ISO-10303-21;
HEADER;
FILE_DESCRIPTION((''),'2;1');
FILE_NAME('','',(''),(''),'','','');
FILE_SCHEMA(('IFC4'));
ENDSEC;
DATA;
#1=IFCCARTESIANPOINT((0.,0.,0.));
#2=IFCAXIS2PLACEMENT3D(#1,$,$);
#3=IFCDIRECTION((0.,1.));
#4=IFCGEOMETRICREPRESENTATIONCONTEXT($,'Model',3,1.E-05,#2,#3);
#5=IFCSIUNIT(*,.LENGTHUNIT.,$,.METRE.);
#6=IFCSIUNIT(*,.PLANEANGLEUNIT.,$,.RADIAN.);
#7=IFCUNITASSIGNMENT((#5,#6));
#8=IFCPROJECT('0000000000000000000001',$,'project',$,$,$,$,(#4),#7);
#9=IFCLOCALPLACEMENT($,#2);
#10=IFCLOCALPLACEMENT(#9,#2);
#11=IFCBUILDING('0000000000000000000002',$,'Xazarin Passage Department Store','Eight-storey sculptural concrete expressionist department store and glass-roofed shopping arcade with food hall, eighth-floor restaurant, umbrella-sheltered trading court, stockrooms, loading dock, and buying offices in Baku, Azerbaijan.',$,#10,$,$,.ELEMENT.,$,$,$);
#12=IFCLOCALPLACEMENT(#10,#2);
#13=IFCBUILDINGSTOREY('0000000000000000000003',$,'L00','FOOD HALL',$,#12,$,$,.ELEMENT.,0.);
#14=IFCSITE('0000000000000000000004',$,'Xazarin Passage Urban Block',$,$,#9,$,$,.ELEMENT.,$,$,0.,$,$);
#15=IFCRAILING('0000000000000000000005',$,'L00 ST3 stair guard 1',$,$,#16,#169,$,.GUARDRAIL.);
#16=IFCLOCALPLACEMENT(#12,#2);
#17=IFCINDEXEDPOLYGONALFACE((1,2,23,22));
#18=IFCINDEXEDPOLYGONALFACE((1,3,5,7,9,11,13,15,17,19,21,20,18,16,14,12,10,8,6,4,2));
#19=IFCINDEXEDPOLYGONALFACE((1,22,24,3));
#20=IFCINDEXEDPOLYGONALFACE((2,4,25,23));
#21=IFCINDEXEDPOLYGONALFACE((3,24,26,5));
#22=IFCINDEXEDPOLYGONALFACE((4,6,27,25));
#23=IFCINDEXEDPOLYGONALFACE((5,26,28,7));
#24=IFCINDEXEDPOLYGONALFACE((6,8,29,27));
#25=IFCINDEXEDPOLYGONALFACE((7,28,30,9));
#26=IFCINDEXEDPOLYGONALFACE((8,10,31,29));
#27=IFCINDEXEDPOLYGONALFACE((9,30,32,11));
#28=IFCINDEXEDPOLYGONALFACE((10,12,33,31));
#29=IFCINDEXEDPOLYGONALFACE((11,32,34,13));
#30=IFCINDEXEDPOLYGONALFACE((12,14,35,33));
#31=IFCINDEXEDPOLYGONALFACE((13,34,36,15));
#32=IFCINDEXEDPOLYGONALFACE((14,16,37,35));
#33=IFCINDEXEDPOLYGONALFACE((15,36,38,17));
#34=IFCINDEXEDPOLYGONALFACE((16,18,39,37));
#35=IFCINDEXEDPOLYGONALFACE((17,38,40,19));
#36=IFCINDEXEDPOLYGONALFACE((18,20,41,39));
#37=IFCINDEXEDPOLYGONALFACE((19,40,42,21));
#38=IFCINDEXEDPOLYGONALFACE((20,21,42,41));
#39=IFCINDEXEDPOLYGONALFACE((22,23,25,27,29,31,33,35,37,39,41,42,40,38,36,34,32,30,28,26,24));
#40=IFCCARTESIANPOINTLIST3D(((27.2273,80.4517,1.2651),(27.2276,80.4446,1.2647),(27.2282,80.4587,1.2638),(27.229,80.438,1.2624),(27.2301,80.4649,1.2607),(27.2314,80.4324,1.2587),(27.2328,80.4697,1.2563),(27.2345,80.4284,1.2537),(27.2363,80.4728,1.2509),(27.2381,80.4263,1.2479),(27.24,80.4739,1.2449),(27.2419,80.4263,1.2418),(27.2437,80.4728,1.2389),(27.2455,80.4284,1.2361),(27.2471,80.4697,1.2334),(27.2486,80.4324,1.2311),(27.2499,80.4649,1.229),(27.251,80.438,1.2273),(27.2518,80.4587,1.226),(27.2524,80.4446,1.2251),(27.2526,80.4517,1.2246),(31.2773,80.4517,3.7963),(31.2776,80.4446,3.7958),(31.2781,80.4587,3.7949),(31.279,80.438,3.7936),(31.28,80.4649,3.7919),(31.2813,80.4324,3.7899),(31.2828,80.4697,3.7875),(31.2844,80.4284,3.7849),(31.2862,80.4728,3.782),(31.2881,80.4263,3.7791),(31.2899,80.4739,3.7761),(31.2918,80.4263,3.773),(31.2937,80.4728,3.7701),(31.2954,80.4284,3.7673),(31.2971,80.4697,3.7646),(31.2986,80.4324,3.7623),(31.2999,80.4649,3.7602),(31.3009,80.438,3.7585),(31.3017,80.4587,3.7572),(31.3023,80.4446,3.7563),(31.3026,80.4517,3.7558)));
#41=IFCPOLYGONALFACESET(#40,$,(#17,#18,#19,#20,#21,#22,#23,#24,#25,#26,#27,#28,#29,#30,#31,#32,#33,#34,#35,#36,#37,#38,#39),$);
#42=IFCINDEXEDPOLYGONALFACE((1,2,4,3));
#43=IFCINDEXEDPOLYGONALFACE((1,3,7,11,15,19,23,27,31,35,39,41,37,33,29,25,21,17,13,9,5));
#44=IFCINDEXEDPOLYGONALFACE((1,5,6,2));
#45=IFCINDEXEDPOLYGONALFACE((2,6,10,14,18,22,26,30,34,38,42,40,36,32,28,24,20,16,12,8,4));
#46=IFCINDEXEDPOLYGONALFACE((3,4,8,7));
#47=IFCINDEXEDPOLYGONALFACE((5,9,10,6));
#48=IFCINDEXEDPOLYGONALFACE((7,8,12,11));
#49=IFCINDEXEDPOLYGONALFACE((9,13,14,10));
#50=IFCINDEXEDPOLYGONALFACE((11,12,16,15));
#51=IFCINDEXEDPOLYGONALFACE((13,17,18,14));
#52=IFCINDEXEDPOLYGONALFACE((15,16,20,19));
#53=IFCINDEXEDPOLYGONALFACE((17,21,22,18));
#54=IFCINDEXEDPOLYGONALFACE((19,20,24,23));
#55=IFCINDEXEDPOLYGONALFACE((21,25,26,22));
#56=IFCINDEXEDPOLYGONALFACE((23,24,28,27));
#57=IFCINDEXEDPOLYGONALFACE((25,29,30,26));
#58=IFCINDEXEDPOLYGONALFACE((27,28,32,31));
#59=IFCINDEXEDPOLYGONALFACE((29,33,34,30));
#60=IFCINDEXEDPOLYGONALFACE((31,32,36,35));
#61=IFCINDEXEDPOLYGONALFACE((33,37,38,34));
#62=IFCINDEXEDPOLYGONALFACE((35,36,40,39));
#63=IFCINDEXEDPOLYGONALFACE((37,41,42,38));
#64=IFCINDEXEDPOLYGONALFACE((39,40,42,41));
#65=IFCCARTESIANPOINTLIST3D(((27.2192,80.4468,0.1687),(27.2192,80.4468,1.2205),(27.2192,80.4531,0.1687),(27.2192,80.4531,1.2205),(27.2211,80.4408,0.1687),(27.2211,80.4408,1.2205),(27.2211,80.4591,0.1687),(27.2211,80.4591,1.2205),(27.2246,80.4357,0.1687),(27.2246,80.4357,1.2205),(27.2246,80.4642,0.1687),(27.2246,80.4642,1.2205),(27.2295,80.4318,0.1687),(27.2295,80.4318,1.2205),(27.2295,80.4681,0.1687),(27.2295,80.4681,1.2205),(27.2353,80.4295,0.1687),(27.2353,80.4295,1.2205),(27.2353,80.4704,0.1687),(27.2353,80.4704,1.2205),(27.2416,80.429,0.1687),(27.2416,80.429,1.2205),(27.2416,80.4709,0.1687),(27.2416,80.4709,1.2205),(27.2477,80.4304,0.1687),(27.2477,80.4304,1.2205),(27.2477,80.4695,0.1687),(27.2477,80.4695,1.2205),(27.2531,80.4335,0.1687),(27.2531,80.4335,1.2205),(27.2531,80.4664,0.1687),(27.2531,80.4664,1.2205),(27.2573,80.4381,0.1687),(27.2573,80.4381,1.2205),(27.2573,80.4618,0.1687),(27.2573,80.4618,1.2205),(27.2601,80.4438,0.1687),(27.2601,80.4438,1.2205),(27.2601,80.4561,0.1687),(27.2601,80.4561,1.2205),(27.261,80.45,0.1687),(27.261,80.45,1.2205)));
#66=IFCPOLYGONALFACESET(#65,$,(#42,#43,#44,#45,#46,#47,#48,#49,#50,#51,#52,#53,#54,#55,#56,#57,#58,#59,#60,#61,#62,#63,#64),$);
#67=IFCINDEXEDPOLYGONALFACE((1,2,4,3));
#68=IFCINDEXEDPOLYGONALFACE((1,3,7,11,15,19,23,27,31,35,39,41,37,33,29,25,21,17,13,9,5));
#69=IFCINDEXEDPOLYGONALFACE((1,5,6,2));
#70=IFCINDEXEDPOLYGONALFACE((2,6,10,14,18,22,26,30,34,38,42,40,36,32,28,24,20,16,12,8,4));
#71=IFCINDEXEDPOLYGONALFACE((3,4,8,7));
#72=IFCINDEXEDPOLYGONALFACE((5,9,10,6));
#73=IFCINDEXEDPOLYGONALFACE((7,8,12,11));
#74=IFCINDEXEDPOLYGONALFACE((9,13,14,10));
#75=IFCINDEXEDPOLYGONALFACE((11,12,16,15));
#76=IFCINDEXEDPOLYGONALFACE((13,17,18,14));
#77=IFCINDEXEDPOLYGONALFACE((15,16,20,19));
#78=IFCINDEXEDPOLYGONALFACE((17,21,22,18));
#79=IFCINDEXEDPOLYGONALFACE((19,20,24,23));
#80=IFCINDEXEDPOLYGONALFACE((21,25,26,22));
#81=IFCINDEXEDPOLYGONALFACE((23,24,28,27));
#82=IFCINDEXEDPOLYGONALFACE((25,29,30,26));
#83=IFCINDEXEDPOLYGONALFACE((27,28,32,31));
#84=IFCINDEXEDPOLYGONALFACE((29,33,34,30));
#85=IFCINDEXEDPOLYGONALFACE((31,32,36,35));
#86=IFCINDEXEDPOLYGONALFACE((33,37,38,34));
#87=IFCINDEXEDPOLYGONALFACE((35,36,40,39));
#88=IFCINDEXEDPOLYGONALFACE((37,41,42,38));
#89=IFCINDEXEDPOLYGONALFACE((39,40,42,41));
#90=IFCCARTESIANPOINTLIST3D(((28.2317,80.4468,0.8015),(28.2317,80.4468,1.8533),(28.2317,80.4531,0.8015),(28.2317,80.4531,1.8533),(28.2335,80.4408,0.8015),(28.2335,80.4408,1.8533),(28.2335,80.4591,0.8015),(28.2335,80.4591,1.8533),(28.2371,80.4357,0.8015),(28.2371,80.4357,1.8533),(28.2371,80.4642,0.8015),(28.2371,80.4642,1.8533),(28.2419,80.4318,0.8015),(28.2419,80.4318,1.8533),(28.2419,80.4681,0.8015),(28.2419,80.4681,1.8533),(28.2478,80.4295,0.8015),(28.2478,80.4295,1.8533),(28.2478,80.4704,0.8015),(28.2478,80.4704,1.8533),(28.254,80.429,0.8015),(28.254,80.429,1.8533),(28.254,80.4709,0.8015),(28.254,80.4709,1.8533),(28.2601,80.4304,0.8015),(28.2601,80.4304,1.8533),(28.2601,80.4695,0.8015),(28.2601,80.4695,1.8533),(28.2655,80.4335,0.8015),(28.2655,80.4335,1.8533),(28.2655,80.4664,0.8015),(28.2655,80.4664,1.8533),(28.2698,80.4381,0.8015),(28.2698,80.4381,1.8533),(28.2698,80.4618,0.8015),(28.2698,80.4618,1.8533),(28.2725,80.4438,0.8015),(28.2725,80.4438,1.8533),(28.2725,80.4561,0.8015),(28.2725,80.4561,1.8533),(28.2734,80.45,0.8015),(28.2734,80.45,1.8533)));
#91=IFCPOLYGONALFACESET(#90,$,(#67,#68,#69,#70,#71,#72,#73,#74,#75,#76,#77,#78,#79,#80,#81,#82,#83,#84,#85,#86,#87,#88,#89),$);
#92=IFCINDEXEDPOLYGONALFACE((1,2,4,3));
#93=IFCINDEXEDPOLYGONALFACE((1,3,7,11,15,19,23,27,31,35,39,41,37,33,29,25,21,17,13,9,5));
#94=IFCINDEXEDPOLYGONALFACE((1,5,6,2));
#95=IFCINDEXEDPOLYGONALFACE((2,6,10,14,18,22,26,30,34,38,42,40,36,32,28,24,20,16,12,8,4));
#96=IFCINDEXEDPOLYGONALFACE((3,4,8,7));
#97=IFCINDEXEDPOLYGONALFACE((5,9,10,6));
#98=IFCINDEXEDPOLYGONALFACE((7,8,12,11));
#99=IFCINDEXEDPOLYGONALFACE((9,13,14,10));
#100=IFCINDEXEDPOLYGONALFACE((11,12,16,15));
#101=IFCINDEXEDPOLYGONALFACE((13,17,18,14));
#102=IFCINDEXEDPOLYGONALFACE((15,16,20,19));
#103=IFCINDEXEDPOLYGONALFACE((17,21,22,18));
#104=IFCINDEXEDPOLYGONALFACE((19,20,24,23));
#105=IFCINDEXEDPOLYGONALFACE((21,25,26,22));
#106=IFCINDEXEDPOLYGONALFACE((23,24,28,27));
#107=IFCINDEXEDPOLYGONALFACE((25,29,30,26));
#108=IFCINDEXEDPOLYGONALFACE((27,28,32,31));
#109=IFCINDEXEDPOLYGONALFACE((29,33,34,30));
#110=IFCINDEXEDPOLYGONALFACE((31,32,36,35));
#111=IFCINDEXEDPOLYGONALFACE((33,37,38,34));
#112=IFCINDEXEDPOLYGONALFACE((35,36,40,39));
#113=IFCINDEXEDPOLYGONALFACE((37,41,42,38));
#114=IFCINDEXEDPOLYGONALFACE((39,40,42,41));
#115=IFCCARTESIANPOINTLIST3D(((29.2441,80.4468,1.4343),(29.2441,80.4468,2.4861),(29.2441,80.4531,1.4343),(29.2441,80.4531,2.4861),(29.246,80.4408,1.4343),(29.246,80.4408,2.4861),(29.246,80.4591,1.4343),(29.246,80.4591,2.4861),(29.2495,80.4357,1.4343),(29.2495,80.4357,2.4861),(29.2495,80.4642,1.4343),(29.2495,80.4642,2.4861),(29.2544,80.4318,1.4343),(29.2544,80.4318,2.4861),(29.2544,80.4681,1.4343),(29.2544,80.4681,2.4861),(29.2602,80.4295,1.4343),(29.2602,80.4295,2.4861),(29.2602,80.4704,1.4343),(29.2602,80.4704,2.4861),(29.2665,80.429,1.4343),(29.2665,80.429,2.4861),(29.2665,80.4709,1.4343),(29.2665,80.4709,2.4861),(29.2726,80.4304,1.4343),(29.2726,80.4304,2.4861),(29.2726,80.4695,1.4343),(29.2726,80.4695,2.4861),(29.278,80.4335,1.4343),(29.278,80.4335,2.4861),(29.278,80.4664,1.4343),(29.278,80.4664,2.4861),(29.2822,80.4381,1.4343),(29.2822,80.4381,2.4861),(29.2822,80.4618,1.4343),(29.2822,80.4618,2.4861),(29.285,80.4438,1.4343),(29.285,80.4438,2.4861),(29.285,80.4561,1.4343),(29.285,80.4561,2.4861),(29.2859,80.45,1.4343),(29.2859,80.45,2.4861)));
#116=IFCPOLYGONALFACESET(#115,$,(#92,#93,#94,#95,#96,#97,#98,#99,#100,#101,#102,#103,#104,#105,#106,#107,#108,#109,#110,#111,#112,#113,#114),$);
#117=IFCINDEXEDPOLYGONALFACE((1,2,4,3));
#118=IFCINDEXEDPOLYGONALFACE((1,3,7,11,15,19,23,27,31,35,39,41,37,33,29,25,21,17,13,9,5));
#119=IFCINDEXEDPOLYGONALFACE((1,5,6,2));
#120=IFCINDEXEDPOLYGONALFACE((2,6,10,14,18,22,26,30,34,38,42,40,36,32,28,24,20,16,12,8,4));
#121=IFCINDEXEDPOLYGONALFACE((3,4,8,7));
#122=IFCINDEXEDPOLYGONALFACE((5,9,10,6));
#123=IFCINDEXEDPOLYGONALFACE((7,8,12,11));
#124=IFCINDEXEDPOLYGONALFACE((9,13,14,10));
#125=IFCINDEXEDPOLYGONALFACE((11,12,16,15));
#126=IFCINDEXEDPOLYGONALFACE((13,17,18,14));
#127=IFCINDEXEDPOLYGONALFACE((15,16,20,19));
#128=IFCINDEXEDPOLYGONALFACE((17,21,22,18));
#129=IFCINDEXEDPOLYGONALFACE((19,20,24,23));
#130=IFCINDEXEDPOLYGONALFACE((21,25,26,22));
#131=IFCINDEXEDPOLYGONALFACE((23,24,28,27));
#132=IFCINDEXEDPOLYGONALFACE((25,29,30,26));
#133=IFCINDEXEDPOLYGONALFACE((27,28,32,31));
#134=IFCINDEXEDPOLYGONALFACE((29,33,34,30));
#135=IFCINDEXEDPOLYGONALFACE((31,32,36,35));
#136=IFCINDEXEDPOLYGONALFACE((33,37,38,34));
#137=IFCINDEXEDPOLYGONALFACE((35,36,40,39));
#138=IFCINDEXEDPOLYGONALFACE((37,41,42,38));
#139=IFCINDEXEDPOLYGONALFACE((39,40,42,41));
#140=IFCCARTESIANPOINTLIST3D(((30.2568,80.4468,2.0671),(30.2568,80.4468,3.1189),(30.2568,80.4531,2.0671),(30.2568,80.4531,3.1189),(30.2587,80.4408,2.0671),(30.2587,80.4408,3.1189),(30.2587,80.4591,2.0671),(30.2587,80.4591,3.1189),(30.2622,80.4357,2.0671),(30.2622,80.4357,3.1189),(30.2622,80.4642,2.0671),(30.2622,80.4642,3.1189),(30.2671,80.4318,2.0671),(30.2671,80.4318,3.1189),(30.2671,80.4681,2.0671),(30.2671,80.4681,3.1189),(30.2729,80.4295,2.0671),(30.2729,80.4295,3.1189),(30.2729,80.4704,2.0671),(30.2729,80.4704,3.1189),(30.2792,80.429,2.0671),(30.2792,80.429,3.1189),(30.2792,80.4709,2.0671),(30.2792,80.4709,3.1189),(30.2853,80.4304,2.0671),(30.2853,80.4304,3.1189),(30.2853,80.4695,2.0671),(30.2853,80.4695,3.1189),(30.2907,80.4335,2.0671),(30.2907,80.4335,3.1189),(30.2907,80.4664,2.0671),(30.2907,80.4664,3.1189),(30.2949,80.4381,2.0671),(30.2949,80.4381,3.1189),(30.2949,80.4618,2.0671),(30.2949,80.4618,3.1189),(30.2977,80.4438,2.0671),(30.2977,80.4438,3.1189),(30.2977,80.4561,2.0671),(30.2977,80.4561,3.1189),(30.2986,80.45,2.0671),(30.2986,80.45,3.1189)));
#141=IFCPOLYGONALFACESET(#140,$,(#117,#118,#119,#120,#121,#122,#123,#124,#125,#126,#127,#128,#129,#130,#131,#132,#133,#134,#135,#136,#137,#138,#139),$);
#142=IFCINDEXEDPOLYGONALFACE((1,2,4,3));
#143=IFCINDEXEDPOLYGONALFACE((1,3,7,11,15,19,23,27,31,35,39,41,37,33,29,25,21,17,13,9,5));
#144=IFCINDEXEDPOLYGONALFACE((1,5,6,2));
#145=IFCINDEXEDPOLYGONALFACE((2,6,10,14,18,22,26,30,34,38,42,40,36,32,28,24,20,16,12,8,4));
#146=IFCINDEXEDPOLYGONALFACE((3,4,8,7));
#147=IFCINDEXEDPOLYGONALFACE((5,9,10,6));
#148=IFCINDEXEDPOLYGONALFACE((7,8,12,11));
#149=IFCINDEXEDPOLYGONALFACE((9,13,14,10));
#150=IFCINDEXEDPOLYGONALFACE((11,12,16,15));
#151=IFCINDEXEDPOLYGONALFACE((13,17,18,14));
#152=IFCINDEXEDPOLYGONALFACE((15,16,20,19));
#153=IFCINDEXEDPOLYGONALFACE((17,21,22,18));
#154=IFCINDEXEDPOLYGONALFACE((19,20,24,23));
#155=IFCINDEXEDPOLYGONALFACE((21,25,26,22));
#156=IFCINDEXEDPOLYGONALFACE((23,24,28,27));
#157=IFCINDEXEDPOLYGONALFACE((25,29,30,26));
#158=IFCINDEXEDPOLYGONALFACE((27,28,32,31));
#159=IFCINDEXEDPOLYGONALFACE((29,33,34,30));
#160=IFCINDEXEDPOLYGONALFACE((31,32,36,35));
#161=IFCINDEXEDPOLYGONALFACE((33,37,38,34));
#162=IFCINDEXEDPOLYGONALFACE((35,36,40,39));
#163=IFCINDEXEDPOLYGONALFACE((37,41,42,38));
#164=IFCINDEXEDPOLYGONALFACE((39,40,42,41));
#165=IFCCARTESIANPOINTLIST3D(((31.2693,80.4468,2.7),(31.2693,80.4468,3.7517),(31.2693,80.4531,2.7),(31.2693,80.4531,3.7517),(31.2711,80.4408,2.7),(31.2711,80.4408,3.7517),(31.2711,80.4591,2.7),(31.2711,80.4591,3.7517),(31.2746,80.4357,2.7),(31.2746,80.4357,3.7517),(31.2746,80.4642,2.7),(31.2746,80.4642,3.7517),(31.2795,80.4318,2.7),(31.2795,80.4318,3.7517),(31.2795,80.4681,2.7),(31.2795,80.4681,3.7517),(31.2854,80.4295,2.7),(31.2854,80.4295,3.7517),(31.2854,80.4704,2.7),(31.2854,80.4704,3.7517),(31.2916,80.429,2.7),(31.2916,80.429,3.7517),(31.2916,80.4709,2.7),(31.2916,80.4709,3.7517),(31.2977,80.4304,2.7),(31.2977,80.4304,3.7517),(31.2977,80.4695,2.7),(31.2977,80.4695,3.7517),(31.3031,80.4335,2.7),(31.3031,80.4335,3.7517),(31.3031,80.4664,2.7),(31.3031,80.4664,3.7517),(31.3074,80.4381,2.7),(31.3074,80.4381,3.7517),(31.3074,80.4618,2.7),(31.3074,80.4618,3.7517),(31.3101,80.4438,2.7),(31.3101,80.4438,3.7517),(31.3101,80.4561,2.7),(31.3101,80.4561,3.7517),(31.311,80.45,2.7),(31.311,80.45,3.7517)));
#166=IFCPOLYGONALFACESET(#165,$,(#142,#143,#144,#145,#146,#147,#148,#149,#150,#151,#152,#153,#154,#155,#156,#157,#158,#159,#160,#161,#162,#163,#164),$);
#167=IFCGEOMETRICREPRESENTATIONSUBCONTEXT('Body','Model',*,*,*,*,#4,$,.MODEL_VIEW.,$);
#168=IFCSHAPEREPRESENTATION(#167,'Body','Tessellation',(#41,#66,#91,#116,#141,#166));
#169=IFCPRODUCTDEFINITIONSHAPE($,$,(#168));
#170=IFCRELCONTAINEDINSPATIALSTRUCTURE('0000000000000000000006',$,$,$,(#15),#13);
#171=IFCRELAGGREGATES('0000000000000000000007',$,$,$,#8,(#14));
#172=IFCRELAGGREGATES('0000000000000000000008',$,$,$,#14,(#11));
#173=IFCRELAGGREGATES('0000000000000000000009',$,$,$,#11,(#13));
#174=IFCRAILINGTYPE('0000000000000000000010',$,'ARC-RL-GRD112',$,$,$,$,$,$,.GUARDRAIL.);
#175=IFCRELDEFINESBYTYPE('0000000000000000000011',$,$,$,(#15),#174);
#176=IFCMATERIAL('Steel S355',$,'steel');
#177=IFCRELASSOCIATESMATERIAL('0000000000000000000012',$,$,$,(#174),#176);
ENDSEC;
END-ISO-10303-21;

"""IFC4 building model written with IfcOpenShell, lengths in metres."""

from ifc_helpers import new_model, si_unit, direction, frame, origin, origin_2d, place, context, subcontext, project, spatial, circle, extrude, material, type_object, element, save


model = new_model("IFC4")

# Units and contexts
model_context = context("Model", 3, precision=1e-05, world=origin(), true_north=direction((0.0, 1.0)))
body_context = subcontext(model_context, "Body", "Model", "MODEL_VIEW")
ifc_project = project(units=[si_unit("LENGTHUNIT", "METRE"), si_unit("PLANEANGLEUNIT", "RADIAN")], contexts=[model_context])

# Site, building, storey
site_placement = place(None, origin())
site = spatial("IfcSite", under=ifc_project, at=site_placement, Name="Xazarin Passage Urban Block", CompositionType="ELEMENT", RefElevation=0.0)
building_placement = place(site_placement, origin())
building = spatial("IfcBuilding", under=site, at=building_placement, Name="Xazarin Passage Department Store", Description="Eight-storey sculptural concrete expressionist department store and glass-roofed shopping arcade with food hall, eighth-floor restaurant, umbrella-sheltered trading court, stockrooms, loading dock, and buying offices in Baku, Azerbaijan.", CompositionType="ELEMENT")
storey_placement = place(building_placement, origin())
storey = spatial("IfcBuildingStorey", under=building, at=storey_placement, Name="L00", Description="FOOD HALL", CompositionType="ELEMENT", Elevation=0.0)

# Shared definitions
ifc_material_1 = material(Name="Steel S355", Category="steel")

# Railing
railing_type_1 = type_object("IfcRailingType", Name="ARC-RL-GRD112", PredefinedType="GUARDRAIL", material=ifc_material_1)
railing_1_placement = place(storey_placement, frame((27.24, 80.45, 0.1687)))
element("IfcRailing", 1, at=railing_1_placement, inside=storey, type_object=railing_type_1, Name="L00 ST3 stair guard 1", PredefinedType="GUARDRAIL", context=body_context, shape_type="SweptSolid", body=[
    extrude(circle(Radius=0.0239, at=origin_2d()), frame((0.0, 0.0, 1.0762), z_axis=(0.848001, 0.0, 0.529994), x_axis=(0.0, 1.0, 0.0)), (0.0, 0.0, 1.0), 4.7759),
    extrude(circle(Radius=0.021, at=origin_2d()), origin(), (0.0, 0.0, 1.0), 1.0518),
    extrude(circle(Radius=0.021, at=origin_2d()), frame((1.0125, 0.0, 0.6328)), (0.0, 0.0, 1.0), 1.0518),
    extrude(circle(Radius=0.021, at=origin_2d()), frame((2.0249, 0.0, 1.2656)), (0.0, 0.0, 1.0), 1.0518),
    extrude(circle(Radius=0.021, at=origin_2d()), frame((3.0376, 0.0, 1.8984)), (0.0, 0.0, 1.0), 1.0518),
    extrude(circle(Radius=0.021, at=origin_2d()), frame((4.05, 0.0, 2.5312)), (0.0, 0.0, 1.0), 1.0518),
])

save(model, "model.ifc")
